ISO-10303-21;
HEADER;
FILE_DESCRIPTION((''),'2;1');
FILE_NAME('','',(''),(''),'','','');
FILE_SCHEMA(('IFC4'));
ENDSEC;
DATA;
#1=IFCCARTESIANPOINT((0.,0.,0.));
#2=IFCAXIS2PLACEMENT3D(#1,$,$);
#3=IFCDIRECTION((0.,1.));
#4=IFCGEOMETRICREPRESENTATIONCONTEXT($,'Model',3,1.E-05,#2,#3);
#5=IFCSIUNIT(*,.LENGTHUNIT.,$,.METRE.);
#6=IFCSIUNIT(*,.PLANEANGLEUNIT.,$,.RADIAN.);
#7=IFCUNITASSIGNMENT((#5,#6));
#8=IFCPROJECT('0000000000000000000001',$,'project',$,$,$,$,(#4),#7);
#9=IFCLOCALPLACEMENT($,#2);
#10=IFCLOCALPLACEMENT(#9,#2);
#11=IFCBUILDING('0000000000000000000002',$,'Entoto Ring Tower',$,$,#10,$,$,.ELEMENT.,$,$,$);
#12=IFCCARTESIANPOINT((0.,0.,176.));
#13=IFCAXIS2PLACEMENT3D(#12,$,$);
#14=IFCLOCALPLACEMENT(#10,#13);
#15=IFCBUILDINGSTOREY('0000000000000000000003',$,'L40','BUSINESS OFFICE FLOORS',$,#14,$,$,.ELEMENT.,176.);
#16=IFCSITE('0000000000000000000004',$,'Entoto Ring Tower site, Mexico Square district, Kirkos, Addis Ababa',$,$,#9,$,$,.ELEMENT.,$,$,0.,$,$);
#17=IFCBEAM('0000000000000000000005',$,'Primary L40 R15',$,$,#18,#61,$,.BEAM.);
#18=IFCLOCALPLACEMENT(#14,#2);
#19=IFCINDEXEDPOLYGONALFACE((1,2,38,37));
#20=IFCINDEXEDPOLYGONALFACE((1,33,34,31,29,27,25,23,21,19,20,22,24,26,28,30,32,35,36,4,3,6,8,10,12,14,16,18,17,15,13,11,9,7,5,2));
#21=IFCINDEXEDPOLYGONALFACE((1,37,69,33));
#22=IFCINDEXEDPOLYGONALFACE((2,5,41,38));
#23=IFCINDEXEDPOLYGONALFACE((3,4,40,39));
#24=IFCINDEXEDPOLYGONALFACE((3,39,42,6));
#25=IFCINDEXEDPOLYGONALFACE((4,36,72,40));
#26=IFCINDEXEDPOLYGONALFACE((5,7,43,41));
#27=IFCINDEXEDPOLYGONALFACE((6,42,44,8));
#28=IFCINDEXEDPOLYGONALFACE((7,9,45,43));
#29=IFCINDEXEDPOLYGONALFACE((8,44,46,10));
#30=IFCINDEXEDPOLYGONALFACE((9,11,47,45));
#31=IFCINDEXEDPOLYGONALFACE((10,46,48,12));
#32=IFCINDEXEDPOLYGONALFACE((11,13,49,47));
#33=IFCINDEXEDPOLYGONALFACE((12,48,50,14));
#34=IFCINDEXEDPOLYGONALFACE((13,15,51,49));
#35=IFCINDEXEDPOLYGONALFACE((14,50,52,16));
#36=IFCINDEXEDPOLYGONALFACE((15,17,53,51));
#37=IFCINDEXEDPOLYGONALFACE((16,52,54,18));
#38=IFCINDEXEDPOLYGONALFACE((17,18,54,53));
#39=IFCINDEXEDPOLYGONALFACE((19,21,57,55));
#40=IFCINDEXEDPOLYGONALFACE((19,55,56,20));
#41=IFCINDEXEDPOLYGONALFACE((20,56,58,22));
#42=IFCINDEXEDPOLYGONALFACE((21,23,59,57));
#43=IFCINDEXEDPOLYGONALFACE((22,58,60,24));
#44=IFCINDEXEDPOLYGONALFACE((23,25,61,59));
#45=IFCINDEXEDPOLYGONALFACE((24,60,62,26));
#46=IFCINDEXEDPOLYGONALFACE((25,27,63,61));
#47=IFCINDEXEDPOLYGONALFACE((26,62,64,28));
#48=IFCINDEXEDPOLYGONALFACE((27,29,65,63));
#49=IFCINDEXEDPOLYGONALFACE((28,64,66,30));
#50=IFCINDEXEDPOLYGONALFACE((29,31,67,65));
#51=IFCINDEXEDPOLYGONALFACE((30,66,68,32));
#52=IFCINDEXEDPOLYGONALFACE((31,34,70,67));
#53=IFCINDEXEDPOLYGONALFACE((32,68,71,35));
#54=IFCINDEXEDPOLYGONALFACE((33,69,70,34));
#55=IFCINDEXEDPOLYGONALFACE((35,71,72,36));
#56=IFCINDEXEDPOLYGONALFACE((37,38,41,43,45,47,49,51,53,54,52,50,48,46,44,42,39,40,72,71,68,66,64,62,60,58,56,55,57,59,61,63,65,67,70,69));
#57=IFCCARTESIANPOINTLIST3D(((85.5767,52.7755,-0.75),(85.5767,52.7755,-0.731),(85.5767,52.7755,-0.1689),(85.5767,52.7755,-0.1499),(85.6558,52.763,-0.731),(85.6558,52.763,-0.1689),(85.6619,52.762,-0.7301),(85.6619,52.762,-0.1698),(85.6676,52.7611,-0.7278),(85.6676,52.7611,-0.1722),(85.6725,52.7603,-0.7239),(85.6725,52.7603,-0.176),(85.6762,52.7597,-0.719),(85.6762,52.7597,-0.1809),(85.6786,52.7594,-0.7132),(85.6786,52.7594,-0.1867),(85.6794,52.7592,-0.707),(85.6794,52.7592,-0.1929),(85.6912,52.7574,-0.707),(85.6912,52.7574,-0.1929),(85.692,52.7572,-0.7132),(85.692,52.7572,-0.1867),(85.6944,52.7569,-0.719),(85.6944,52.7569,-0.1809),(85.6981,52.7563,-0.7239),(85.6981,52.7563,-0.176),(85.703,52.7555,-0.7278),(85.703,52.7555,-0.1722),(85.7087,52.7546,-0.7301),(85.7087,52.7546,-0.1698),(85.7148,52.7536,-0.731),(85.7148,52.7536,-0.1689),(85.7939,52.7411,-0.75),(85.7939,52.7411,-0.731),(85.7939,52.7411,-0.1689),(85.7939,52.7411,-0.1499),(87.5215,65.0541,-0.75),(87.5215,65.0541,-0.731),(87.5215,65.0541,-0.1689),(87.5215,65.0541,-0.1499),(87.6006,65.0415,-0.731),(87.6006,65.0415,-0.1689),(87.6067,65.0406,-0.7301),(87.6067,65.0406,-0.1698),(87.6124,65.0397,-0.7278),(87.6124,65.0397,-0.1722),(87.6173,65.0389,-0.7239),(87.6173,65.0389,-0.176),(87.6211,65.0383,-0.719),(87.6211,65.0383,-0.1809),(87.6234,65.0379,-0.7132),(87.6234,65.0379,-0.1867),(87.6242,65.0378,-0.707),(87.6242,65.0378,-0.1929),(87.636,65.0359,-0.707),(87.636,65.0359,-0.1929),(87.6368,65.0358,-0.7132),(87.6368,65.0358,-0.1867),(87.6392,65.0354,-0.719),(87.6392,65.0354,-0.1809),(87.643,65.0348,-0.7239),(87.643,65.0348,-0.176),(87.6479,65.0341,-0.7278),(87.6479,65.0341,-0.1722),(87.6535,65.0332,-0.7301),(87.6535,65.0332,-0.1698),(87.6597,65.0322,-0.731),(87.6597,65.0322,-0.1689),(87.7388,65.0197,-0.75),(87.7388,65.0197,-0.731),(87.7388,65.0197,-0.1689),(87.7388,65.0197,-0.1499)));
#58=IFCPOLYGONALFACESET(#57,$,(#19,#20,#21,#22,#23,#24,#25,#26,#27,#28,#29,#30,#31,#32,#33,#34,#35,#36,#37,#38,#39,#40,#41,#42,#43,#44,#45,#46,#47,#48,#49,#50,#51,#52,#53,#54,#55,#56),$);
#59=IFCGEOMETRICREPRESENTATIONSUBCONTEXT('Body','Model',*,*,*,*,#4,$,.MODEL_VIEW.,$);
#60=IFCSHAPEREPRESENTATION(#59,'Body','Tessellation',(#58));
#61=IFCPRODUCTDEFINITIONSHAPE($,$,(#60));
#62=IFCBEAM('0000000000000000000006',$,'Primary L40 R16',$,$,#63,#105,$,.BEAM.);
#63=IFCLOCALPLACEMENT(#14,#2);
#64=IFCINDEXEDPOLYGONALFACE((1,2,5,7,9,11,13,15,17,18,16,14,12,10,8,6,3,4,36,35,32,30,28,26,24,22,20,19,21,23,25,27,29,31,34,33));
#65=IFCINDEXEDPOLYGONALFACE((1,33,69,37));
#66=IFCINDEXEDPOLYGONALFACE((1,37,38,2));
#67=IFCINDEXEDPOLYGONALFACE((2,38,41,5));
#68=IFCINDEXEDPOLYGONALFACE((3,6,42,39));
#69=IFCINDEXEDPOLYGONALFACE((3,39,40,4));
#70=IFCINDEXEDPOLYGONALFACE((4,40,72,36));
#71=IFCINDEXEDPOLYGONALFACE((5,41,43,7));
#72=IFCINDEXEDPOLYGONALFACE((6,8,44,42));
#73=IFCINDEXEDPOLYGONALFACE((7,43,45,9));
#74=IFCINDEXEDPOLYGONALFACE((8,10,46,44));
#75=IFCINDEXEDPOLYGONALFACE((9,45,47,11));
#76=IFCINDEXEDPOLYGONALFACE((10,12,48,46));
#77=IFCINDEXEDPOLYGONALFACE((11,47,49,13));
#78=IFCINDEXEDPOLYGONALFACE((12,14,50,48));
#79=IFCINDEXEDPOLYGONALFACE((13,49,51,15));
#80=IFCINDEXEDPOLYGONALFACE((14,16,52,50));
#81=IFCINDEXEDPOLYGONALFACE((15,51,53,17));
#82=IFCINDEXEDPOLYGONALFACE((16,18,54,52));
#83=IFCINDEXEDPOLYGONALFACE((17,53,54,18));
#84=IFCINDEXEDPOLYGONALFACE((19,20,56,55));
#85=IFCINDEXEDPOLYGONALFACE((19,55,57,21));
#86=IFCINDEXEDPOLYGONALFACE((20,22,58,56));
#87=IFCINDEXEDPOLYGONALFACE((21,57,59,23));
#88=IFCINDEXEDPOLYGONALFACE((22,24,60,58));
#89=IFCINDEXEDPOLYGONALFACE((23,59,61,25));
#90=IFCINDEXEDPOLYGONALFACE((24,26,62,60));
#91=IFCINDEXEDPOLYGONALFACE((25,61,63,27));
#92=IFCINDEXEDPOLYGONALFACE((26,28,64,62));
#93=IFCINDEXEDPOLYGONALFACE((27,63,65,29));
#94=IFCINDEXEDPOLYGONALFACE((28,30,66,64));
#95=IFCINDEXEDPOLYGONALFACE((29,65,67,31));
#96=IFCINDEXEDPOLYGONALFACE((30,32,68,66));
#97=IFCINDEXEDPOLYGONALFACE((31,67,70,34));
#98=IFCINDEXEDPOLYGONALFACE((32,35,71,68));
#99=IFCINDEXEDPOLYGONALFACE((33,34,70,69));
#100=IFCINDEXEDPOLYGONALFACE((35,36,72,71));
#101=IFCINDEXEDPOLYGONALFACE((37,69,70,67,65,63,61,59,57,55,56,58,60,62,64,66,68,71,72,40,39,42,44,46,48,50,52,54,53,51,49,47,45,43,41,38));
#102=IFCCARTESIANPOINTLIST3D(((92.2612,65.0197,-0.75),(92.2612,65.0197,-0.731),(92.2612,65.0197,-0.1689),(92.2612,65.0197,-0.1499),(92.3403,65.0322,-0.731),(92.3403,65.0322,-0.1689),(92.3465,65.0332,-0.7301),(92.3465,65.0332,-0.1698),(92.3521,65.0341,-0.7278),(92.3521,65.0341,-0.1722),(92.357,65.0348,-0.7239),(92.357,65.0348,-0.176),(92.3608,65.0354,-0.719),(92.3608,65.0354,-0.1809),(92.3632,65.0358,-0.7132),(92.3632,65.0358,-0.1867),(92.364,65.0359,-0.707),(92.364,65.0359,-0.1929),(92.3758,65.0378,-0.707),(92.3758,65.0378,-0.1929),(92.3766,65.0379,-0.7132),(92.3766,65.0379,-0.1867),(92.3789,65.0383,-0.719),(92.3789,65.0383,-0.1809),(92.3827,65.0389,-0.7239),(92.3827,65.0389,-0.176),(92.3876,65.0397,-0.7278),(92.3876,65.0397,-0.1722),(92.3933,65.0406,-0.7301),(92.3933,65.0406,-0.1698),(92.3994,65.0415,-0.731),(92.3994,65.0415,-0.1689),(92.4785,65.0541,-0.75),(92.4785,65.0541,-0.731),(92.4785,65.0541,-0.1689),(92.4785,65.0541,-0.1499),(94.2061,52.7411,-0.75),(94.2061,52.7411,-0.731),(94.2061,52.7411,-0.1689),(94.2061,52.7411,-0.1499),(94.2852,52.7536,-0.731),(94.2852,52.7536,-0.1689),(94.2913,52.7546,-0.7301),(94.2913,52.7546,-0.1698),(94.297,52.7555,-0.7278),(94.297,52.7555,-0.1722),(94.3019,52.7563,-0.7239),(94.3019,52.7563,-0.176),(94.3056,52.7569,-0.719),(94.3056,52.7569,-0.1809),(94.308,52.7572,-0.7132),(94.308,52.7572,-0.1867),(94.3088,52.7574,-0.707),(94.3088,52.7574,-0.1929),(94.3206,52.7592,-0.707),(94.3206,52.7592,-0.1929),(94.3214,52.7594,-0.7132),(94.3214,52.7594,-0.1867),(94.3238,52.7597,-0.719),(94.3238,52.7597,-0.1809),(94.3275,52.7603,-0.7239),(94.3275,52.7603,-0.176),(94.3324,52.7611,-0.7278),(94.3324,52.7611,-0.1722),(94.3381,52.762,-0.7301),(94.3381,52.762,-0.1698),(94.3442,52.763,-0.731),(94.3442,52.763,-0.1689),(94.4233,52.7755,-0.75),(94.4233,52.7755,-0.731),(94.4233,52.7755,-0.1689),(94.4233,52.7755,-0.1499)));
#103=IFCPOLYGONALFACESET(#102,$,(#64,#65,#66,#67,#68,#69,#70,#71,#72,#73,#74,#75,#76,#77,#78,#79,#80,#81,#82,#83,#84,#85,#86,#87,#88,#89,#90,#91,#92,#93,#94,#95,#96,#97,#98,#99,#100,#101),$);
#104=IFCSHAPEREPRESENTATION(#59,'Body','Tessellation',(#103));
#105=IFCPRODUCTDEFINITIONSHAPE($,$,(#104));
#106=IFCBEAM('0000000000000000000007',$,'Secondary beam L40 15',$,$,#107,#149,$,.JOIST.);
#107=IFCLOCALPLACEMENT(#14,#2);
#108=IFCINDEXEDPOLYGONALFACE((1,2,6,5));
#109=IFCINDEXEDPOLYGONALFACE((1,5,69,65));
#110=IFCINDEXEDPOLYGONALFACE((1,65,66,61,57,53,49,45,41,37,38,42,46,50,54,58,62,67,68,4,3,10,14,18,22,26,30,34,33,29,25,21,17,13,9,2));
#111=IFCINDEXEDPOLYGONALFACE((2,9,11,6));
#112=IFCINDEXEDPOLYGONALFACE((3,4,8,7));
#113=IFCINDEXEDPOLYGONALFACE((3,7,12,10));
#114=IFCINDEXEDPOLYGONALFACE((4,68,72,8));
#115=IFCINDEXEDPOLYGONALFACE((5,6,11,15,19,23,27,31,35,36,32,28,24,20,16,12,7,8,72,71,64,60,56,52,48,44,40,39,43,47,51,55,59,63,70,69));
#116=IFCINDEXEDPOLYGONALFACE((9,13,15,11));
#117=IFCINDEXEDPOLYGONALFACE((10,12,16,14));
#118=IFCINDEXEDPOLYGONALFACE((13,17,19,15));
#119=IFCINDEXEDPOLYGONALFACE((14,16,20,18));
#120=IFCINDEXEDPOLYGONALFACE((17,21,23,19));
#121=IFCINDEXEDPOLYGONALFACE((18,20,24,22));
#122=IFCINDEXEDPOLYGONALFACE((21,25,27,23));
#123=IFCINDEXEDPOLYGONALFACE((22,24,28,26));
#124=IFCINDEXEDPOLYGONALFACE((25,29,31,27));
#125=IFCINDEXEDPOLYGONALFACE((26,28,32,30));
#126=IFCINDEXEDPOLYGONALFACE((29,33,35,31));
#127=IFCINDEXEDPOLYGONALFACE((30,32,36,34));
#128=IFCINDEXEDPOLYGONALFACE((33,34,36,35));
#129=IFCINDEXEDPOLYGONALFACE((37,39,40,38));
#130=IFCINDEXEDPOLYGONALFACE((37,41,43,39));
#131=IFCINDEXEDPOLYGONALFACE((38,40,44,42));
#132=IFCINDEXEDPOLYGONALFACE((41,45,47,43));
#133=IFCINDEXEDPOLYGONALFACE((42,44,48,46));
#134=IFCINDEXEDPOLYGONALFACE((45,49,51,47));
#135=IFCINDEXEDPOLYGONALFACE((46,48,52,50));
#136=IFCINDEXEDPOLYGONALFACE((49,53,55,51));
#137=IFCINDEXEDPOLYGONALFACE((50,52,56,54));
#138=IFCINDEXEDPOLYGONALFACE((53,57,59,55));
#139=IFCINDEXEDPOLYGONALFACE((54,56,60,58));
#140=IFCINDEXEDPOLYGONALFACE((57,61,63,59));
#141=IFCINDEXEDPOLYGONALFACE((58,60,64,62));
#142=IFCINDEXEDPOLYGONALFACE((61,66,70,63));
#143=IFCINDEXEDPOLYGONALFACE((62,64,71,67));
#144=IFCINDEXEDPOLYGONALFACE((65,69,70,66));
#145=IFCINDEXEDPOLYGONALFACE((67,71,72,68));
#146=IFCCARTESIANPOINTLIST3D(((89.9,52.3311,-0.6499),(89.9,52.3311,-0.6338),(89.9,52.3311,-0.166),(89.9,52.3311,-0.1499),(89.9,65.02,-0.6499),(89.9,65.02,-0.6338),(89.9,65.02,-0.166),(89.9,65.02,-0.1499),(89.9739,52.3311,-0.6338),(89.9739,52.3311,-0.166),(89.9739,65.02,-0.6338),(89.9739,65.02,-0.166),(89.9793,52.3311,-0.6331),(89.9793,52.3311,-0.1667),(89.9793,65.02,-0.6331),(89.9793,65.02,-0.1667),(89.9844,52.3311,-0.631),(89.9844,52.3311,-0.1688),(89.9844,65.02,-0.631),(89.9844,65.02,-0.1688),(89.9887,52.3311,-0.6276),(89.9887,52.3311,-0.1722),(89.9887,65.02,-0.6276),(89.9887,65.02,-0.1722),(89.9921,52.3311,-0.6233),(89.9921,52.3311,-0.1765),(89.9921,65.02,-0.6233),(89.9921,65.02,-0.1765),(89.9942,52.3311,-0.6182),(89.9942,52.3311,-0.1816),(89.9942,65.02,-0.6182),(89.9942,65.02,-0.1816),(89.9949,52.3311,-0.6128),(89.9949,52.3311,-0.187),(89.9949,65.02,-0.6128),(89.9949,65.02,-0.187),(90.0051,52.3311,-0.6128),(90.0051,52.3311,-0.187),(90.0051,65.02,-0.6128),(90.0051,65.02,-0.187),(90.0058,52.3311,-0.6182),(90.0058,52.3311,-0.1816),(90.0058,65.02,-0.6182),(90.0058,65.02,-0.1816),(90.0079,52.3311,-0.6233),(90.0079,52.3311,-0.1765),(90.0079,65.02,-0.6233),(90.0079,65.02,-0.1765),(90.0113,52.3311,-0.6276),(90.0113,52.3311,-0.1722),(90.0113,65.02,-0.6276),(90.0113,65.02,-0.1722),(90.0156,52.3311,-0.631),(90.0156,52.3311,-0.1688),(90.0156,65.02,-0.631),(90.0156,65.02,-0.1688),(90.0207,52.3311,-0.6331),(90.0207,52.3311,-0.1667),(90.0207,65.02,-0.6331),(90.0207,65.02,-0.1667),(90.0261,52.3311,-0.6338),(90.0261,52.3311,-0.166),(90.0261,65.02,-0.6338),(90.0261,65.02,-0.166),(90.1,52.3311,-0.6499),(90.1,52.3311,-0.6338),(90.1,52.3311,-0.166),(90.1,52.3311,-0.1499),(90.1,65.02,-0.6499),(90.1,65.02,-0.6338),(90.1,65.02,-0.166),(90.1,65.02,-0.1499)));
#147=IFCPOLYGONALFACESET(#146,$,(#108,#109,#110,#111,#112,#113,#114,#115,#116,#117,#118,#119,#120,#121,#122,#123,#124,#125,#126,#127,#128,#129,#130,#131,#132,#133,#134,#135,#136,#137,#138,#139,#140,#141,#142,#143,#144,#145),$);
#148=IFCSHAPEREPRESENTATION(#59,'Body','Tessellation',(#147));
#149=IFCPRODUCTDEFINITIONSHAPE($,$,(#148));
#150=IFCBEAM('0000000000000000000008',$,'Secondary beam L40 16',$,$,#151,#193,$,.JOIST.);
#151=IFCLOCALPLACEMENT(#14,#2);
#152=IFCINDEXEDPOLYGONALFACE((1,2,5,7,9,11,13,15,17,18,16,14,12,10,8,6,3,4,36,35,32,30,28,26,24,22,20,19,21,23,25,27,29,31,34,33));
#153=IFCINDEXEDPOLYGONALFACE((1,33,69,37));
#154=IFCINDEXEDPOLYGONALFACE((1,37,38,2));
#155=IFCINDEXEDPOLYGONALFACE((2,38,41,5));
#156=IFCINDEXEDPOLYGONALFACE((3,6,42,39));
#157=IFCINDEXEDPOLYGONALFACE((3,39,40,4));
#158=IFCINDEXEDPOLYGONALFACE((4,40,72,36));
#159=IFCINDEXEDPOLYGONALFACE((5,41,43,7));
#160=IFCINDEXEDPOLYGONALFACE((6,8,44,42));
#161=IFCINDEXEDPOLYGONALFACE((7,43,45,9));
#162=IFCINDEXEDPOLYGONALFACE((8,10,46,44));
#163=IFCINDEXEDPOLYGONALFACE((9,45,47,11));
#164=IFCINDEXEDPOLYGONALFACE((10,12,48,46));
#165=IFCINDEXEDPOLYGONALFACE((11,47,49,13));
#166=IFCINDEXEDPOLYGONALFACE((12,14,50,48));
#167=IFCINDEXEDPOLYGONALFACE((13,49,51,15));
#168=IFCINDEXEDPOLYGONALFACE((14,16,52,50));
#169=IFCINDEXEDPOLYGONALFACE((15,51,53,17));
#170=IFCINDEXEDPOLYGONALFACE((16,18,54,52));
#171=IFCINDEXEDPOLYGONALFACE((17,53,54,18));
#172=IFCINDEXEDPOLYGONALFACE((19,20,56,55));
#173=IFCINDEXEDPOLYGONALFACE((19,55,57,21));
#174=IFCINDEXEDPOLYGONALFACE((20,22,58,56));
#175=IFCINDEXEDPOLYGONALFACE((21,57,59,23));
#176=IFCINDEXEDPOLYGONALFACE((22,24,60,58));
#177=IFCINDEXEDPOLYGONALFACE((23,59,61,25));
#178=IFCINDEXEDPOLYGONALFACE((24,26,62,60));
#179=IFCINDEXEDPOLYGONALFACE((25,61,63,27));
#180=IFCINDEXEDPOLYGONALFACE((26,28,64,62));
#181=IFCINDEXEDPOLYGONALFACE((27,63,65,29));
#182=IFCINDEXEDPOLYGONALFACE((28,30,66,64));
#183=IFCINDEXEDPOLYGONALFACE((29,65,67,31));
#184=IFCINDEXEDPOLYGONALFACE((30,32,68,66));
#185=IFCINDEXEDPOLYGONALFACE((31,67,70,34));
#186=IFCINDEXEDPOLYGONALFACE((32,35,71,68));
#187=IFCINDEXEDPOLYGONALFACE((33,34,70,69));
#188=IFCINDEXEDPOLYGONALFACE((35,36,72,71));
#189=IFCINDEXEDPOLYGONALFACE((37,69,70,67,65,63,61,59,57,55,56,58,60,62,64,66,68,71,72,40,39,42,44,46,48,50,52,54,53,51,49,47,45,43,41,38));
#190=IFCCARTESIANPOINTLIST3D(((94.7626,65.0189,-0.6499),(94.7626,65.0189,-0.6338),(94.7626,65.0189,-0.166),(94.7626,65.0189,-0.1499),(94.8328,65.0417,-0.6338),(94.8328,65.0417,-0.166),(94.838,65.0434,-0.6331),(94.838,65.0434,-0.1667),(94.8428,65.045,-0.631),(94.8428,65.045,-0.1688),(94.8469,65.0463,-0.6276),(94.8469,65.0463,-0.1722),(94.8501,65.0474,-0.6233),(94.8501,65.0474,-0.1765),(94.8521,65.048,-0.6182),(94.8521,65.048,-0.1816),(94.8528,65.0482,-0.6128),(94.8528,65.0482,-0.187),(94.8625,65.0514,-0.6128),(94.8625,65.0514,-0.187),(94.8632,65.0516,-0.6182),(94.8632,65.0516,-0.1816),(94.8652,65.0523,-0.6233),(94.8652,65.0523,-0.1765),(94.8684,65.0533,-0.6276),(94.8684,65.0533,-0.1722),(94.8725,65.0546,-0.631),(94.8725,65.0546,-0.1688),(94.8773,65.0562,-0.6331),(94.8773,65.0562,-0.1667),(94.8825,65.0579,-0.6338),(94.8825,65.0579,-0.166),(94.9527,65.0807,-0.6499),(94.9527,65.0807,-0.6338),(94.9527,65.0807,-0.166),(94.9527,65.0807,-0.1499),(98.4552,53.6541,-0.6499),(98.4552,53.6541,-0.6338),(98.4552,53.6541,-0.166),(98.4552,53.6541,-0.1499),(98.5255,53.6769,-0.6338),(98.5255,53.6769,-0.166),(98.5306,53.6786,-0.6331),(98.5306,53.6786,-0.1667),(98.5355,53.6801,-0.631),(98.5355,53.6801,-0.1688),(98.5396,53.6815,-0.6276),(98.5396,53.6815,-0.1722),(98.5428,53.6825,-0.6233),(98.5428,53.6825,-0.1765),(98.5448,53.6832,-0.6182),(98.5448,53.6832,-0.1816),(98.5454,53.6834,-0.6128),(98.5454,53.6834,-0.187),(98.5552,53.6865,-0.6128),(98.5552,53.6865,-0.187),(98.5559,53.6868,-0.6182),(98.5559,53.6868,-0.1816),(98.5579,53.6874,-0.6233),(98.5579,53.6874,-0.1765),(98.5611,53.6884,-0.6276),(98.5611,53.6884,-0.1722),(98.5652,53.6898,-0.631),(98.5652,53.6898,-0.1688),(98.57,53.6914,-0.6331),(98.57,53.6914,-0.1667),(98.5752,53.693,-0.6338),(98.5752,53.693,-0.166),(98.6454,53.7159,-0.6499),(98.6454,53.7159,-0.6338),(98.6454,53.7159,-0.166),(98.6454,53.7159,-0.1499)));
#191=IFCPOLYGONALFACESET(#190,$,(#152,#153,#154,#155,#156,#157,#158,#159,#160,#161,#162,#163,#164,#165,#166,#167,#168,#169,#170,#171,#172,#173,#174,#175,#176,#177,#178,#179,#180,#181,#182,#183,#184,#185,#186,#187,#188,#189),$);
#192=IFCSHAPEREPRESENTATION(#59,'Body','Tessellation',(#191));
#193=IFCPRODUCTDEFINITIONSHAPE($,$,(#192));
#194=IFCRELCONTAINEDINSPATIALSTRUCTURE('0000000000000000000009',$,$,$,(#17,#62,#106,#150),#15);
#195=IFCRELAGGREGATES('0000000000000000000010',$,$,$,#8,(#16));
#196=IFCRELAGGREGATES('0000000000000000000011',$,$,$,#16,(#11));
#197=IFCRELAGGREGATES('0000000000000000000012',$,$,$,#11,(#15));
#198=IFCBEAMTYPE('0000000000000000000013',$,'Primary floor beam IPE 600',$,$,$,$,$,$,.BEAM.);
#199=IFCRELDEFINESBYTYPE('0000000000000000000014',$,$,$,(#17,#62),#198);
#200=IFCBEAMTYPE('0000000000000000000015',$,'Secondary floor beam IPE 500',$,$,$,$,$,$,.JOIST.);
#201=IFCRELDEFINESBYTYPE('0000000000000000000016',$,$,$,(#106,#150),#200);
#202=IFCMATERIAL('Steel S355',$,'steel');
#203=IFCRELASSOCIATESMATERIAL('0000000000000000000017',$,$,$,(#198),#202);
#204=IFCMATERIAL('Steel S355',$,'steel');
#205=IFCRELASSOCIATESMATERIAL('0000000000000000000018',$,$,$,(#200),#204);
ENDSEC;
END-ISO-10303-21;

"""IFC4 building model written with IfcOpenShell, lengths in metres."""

from ifc_helpers import new_model, si_unit, direction, frame, origin, origin_2d, place, context, subcontext, project, spatial, i_section, extrude, material, material_profile, profile_set, type_object, element, save


model = new_model("IFC4")

# Units and contexts
model_context = context("Model", 3, precision=1e-05, world=origin(), true_north=direction((0.0, 1.0)))
body_context = subcontext(model_context, "Body", "Model", "MODEL_VIEW")
ifc_project = project(units=[si_unit("LENGTHUNIT", "METRE"), si_unit("PLANEANGLEUNIT", "RADIAN")], contexts=[model_context])

# Site, building, storey
site_placement = place(None, origin())
site = spatial("IfcSite", under=ifc_project, at=site_placement, Name="Entoto Ring Tower site, Mexico Square district, Kirkos, Addis Ababa", CompositionType="ELEMENT", RefElevation=0.0)
building_placement = place(site_placement, origin())
building = spatial("IfcBuilding", under=site, at=building_placement, Name="Entoto Ring Tower", CompositionType="ELEMENT")
storey_placement = place(building_placement, frame((0.0, 0.0, 176.0)))
storey = spatial("IfcBuildingStorey", under=building, at=storey_placement, Name="L40", Description="BUSINESS OFFICE FLOORS", CompositionType="ELEMENT", Elevation=176.0)

# Beams
ifc_material_1 = material(Name="Steel S355", Category="steel")
ifc_material_profile_1 = material_profile(ifc_material_1, i_section(OverallWidth=0.22, OverallDepth=0.6001, WebThickness=0.012, FlangeThickness=0.019, FilletRadius=0.0239, at=origin_2d()), Name="IPE 600")
ifc_profile_set_1 = profile_set([ifc_material_profile_1], Name="Steel S355")
beam_type_1 = type_object("IfcBeamType", Name="Primary floor beam IPE 600", PredefinedType="BEAM", material=ifc_profile_set_1)
for number, where, z_axis, x_axis, name in (
    (1, (87.6301, 65.0369, -0.45), (-0.156442, -0.987687, 0.0), (0.987687, -0.156442, 0.0), "Primary L40 R15"),
    (2, (92.3699, 65.0369, -0.45), (0.156442, -0.987687, 0.0), (0.987687, 0.156442, 0.0), "Primary L40 R16"),
):
    element("IfcBeam", number, at=place(storey_placement, frame(where, z_axis=z_axis, x_axis=x_axis)), inside=storey, type_object=beam_type_1, Name=name, PredefinedType="BEAM", context=body_context, shape_type="SweptSolid", body=[
        extrude(i_section(OverallWidth=0.22, OverallDepth=0.6001, WebThickness=0.012, FlangeThickness=0.019, FilletRadius=0.0239, at=origin_2d()), origin(), (0.0, 0.0, 1.0), 12.4316),
    ])
ifc_material_2 = material(Name="Steel S355", Category="steel")
ifc_material_profile_2 = material_profile(ifc_material_2, i_section(OverallWidth=0.2, OverallDepth=0.5, WebThickness=0.0103, FlangeThickness=0.0161, FilletRadius=0.021, at=origin_2d()), Name="IPE 500")
ifc_profile_set_2 = profile_set([ifc_material_profile_2], Name="Steel S355")
beam_type_2 = type_object("IfcBeamType", Name="Secondary floor beam IPE 500", PredefinedType="JOIST", material=ifc_profile_set_2)
beam_1_placement = place(storey_placement, frame((90.0, 65.02, -0.3999), z_axis=(0.0, -1.0, 0.0), x_axis=(1.0, 0.0, 0.0)))
element("IfcBeam", 3, at=beam_1_placement, inside=storey, type_object=beam_type_2, Name="Secondary beam L40 15", PredefinedType="JOIST", context=body_context, shape_type="SweptSolid", body=[
    extrude(i_section(OverallWidth=0.2, OverallDepth=0.5, WebThickness=0.0103, FlangeThickness=0.0161, FilletRadius=0.021, at=origin_2d()), origin(), (0.0, 0.0, 1.0), 12.689),
])
beam_2_placement = place(storey_placement, frame((94.8577, 65.0498, -0.3999), z_axis=(0.309017, -0.951057, 0.0), x_axis=(0.951057, 0.309017, 0.0)))
element("IfcBeam", 4, at=beam_2_placement, inside=storey, type_object=beam_type_2, Name="Secondary beam L40 16", PredefinedType="JOIST", context=body_context, shape_type="SweptSolid", body=[
    extrude(i_section(OverallWidth=0.2, OverallDepth=0.5, WebThickness=0.0103, FlangeThickness=0.0161, FilletRadius=0.021, at=origin_2d()), origin(), (0.0, 0.0, 1.0), 11.9497),
])

save(model, "model.ifc")
